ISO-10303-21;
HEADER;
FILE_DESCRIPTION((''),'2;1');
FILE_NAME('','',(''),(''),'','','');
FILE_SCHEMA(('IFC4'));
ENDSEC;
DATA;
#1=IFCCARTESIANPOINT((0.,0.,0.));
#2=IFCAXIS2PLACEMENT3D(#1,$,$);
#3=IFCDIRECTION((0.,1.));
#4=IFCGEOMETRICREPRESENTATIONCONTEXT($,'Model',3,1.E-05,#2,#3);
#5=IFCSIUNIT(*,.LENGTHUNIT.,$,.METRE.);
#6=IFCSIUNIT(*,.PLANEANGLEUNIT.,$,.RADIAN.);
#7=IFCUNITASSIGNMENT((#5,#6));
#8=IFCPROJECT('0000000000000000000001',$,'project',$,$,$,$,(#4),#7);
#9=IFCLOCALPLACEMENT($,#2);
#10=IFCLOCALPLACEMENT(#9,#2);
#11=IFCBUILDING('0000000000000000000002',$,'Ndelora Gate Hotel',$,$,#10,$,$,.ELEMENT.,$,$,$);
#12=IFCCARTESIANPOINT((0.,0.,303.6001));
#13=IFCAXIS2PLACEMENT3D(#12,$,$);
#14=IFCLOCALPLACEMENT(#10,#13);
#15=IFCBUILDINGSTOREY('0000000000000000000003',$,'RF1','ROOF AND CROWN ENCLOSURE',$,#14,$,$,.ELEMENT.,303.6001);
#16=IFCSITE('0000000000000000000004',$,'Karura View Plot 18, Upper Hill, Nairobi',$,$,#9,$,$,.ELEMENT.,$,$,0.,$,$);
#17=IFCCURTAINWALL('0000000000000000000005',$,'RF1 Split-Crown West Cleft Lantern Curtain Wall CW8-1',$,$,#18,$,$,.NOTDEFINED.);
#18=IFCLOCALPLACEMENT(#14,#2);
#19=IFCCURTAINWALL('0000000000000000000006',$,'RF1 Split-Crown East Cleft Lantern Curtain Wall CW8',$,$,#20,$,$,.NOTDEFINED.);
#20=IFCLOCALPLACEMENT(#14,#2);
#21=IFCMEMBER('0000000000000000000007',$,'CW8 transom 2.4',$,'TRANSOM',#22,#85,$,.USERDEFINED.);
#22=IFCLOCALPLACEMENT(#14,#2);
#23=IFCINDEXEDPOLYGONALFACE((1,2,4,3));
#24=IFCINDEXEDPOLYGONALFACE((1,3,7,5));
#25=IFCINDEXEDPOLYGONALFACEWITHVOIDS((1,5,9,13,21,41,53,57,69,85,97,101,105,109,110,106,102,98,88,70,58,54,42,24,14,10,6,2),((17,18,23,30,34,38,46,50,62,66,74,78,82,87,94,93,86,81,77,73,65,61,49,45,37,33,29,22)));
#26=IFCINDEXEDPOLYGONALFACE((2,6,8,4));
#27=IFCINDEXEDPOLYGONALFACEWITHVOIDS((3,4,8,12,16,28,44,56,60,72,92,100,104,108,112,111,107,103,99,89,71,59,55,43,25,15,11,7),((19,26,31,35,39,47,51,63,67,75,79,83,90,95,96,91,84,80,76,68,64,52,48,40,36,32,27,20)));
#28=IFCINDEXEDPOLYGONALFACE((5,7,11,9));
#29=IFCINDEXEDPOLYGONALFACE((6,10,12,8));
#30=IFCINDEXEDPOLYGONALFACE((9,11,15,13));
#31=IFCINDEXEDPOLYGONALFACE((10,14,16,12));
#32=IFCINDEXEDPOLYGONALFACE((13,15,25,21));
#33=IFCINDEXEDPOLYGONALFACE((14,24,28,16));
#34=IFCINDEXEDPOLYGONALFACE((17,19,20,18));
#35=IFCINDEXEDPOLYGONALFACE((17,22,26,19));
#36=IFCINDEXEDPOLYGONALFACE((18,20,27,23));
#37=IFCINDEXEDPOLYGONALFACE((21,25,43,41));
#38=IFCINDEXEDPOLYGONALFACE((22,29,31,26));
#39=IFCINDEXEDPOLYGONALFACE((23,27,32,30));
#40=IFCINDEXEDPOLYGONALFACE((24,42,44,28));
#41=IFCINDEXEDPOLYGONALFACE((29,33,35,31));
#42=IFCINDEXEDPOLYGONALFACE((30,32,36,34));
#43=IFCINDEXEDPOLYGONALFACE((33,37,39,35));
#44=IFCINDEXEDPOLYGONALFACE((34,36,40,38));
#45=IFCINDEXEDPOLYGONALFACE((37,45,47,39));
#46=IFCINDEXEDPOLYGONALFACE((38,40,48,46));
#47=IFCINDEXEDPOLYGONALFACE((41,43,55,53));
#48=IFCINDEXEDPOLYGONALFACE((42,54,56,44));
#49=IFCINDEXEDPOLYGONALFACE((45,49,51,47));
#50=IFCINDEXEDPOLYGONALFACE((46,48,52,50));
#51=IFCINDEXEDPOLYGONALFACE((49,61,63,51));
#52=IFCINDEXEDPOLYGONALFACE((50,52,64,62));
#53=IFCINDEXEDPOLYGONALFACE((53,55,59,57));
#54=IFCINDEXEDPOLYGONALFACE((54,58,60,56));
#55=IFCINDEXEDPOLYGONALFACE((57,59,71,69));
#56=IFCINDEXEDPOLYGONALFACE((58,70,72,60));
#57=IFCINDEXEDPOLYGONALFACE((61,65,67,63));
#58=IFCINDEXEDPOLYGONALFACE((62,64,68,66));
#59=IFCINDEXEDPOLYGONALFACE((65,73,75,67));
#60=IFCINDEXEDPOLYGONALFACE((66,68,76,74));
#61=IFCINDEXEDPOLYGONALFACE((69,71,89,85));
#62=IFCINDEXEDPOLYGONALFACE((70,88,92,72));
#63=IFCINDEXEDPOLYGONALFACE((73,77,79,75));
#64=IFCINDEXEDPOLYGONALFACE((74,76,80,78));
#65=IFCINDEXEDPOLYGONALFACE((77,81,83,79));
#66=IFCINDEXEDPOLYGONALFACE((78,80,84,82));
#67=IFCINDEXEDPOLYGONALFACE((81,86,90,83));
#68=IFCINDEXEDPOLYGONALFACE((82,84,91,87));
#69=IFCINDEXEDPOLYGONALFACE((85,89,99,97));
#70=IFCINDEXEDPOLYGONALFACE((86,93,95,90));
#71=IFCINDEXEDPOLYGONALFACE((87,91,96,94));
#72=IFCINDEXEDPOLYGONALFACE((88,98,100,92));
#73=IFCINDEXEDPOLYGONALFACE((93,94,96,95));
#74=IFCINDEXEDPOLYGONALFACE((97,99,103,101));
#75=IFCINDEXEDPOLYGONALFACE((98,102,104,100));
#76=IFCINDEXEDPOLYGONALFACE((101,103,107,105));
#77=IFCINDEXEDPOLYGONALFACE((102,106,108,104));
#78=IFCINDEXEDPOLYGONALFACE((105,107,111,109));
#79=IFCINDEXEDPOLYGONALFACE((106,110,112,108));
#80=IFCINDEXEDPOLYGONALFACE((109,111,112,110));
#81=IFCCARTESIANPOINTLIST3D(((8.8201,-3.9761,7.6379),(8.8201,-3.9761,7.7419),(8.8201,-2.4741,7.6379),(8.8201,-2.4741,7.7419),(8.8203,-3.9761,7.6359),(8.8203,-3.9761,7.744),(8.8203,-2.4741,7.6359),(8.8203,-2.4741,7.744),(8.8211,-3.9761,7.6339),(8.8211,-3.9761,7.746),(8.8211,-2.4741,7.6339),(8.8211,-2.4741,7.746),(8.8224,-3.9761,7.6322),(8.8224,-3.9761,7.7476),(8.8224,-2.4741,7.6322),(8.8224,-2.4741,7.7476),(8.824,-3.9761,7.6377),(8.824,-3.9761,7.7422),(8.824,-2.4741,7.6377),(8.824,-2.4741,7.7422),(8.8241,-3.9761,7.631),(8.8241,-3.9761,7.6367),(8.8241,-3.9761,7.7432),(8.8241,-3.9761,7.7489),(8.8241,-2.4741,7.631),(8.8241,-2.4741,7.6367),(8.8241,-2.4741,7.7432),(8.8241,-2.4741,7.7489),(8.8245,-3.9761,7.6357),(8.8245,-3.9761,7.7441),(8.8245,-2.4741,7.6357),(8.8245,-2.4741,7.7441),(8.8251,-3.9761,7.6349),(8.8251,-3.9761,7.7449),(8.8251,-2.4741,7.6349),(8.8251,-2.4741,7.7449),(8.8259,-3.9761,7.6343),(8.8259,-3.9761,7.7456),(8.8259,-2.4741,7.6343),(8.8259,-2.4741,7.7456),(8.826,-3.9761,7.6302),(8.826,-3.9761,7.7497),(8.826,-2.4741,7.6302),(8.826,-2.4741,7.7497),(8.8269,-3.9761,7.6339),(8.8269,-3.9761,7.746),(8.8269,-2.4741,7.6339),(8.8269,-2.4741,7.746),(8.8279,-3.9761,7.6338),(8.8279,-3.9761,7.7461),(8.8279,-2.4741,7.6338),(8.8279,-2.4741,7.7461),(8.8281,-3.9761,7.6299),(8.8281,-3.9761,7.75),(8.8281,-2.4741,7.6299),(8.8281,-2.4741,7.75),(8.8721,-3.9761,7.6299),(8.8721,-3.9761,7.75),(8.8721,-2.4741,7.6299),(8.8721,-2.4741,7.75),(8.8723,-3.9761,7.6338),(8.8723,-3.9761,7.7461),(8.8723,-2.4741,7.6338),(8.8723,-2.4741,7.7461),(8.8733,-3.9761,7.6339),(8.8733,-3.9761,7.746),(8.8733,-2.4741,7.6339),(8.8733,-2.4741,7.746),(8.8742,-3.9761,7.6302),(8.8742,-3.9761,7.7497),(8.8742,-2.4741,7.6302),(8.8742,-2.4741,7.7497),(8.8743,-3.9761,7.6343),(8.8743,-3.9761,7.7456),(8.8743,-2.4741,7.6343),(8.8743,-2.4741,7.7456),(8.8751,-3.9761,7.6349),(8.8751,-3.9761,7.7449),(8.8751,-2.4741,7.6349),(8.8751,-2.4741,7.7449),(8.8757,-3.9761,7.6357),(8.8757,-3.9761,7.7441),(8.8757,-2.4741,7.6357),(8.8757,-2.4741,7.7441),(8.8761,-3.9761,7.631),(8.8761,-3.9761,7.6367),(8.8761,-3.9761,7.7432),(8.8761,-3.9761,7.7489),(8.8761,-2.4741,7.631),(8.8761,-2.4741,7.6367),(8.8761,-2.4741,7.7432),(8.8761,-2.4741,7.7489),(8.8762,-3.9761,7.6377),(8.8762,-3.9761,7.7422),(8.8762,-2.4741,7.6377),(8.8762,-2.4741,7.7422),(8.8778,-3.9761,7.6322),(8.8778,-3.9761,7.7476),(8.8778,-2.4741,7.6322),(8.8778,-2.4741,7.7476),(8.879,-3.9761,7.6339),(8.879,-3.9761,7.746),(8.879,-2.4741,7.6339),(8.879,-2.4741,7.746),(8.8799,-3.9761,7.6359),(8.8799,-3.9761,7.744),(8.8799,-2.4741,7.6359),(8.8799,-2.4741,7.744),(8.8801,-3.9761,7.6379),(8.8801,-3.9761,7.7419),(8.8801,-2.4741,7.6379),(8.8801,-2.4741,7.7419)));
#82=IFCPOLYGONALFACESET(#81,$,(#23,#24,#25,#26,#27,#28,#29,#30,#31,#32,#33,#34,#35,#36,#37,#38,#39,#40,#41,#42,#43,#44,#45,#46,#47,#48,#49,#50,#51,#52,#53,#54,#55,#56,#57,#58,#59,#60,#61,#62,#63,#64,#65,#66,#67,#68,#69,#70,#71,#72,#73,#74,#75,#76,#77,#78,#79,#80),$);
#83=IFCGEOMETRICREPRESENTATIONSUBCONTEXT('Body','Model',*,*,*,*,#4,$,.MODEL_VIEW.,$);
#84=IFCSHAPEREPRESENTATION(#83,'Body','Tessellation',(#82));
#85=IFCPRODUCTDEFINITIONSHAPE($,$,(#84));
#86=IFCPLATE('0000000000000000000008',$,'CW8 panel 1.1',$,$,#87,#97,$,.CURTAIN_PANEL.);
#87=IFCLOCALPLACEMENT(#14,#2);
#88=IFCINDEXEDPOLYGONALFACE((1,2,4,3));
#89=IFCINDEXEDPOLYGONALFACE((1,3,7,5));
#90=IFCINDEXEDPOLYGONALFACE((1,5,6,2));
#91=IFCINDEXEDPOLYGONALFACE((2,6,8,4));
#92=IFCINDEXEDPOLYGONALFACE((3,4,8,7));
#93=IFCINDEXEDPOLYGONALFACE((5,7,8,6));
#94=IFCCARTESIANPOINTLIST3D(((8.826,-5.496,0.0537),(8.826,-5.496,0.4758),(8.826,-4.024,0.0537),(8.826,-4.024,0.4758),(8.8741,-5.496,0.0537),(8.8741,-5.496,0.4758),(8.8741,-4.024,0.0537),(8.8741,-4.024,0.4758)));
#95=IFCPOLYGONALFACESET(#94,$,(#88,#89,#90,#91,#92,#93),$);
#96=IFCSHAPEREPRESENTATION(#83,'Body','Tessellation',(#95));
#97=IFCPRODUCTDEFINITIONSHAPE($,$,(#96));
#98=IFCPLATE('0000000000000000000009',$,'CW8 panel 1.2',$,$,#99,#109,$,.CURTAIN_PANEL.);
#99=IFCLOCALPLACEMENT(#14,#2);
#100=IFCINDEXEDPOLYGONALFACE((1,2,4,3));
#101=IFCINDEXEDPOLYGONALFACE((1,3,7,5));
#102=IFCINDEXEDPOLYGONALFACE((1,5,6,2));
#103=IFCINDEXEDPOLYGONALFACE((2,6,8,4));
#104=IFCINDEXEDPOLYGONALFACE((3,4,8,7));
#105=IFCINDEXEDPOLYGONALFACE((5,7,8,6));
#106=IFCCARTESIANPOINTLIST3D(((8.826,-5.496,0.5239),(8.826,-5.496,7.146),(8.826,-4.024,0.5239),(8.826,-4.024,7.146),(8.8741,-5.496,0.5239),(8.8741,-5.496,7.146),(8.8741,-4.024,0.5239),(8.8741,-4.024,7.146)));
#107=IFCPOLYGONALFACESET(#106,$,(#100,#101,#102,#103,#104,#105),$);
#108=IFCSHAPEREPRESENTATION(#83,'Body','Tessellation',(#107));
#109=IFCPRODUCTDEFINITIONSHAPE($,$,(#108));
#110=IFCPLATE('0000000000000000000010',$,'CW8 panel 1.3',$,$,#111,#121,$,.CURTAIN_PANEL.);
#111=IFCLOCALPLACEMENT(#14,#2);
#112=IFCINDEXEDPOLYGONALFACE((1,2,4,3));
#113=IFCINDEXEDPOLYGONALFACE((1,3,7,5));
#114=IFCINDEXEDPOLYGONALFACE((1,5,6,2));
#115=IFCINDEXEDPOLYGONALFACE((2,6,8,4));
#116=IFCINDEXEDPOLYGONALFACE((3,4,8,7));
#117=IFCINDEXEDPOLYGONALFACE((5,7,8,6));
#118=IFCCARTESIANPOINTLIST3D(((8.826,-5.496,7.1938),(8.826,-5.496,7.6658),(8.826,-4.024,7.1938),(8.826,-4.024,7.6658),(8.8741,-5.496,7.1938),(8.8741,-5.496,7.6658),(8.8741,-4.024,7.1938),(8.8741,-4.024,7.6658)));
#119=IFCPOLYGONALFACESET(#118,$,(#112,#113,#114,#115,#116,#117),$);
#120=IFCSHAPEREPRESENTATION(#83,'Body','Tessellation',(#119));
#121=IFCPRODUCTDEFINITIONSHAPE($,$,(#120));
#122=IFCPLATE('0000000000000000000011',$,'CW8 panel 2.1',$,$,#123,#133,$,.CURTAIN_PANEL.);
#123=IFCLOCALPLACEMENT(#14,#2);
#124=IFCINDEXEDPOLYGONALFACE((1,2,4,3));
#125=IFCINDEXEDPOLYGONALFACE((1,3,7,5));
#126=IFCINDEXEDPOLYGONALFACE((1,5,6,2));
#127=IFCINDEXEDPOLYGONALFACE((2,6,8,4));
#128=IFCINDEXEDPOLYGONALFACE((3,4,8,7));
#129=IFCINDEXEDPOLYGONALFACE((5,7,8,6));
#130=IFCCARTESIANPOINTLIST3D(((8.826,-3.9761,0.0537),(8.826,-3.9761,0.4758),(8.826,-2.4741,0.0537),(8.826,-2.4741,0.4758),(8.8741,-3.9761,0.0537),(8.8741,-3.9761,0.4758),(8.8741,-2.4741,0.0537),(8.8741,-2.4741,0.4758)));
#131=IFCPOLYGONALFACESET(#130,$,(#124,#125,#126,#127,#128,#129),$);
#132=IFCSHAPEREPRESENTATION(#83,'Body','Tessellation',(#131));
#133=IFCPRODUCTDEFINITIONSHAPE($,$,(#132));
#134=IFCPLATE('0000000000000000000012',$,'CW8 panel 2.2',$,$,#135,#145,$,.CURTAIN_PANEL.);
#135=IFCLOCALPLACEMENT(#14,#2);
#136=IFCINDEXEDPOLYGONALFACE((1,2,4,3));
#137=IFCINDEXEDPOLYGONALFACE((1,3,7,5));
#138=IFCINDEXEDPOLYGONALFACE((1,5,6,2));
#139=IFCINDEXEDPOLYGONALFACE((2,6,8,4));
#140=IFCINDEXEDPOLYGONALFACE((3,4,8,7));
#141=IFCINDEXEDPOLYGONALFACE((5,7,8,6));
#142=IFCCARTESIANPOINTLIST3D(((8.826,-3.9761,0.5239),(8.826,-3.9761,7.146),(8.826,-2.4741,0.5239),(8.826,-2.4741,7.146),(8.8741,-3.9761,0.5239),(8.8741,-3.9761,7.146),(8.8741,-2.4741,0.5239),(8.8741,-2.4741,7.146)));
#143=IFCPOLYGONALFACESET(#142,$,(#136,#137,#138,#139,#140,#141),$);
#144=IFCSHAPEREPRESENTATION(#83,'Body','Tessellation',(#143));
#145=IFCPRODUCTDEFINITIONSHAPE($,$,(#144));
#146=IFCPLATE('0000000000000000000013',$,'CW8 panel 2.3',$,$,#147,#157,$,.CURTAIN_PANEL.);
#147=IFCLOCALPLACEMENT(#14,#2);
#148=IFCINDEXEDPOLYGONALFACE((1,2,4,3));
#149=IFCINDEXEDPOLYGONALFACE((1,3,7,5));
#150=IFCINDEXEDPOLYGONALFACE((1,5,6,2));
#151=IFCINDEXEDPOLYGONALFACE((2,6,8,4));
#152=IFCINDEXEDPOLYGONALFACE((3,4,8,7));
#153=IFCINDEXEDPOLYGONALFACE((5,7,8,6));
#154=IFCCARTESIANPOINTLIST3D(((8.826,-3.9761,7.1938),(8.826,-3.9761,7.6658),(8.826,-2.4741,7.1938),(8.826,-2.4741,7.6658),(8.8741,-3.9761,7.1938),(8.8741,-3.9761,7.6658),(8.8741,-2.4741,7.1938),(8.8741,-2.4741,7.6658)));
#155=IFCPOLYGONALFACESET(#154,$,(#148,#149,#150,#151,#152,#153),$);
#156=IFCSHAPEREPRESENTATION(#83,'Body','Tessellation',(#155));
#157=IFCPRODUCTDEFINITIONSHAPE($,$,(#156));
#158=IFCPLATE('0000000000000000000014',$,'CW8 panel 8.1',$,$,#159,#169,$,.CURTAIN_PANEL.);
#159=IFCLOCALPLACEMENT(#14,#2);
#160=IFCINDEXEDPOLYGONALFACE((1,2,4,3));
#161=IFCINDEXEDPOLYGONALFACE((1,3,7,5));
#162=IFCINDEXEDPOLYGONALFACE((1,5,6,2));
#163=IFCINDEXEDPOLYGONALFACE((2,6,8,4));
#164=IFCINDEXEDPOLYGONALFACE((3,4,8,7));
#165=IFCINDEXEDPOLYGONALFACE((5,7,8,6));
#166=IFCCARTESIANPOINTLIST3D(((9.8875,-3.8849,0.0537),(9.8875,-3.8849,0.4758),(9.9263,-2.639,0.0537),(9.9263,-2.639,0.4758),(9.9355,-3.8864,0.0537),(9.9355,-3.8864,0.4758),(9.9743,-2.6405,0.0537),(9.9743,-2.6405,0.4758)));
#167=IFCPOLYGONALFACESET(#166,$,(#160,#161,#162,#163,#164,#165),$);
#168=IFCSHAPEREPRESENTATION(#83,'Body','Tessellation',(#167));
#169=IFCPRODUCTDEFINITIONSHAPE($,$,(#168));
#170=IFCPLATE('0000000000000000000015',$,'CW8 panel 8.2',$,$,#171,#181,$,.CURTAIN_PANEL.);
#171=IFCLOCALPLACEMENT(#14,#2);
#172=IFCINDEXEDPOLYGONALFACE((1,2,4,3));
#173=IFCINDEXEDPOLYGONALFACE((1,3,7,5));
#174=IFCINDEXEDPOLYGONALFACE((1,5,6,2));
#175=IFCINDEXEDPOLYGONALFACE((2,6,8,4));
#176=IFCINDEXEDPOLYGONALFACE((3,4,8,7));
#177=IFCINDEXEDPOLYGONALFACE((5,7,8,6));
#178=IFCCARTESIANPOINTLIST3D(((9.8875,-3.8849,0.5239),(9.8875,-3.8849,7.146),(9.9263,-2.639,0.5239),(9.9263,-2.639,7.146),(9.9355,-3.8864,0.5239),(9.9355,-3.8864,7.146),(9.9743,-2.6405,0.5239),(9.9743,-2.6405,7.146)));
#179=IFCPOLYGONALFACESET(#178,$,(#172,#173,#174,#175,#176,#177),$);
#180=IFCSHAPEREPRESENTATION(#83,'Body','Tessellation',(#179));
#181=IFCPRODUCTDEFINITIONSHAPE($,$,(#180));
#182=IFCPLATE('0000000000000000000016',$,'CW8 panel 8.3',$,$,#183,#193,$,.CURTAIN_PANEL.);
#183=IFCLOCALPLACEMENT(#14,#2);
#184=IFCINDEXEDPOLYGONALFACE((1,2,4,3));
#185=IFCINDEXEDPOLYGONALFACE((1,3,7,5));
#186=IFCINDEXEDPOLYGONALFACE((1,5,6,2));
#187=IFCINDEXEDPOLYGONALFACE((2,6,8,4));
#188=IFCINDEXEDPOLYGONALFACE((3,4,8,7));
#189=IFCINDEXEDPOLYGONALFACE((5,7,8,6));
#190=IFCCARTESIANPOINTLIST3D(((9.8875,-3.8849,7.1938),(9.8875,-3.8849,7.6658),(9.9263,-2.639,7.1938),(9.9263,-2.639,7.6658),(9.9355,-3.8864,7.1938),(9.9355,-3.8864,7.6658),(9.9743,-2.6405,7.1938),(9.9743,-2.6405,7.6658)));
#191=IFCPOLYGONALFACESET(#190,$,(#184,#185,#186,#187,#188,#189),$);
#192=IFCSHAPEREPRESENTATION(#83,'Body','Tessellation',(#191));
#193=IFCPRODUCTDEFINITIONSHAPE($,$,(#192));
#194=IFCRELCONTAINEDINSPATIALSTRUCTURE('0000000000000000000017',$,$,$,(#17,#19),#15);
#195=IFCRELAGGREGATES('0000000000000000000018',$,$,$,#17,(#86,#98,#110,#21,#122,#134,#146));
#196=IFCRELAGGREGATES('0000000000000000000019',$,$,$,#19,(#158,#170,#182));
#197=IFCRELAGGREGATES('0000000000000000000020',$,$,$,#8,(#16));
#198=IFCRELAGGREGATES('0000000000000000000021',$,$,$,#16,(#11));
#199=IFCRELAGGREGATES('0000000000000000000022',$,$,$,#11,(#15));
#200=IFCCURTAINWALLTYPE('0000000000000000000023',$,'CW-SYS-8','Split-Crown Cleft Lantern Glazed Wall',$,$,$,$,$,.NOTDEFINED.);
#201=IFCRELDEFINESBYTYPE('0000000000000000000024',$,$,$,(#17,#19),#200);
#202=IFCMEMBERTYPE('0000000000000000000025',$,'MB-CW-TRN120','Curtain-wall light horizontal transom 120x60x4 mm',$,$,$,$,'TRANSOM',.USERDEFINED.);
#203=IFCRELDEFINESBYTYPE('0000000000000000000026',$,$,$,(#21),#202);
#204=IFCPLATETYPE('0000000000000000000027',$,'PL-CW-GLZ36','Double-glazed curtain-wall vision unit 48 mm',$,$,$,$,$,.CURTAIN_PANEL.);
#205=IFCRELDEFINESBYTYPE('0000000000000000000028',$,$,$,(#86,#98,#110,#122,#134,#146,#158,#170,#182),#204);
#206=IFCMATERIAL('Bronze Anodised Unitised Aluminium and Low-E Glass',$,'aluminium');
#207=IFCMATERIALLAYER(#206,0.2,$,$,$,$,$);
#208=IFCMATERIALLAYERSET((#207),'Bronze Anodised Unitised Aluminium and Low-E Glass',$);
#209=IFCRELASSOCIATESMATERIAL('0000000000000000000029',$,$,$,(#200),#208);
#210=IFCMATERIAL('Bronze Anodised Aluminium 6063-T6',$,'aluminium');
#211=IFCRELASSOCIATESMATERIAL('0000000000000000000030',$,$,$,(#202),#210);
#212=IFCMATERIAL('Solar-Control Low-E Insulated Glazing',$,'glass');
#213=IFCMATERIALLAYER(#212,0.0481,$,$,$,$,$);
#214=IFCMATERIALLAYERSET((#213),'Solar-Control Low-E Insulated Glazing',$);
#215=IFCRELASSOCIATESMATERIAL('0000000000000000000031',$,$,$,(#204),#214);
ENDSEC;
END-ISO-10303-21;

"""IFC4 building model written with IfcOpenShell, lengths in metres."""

from ifc_helpers import new_model, si_unit, direction, frame, origin, origin_2d, place, context, subcontext, project, spatial, rectangle, hollow_rectangle, extrude, material, layer, layer_set, material_profile, profile_set, type_object, element, aggregate, save


model = new_model("IFC4")

# Units and contexts
model_context = context("Model", 3, precision=1e-05, world=origin(), true_north=direction((0.0, 1.0)))
body_context = subcontext(model_context, "Body", "Model", "MODEL_VIEW")
ifc_project = project(units=[si_unit("LENGTHUNIT", "METRE"), si_unit("PLANEANGLEUNIT", "RADIAN")], contexts=[model_context])

# Site, building, storey
site_placement = place(None, origin())
site = spatial("IfcSite", under=ifc_project, at=site_placement, Name="Karura View Plot 18, Upper Hill, Nairobi", CompositionType="ELEMENT", RefElevation=0.0)
building_placement = place(site_placement, origin())
building = spatial("IfcBuilding", under=site, at=building_placement, Name="Ndelora Gate Hotel", CompositionType="ELEMENT")
storey_placement = place(building_placement, frame((0.0, 0.0, 303.6001)))
storey = spatial("IfcBuildingStorey", under=building, at=storey_placement, Name="RF1", Description="ROOF AND CROWN ENCLOSURE", CompositionType="ELEMENT", Elevation=303.6001)

# Curtain wall
ifc_material_1 = material(Name="Bronze Anodised Unitised Aluminium and Low-E Glass", Category="aluminium")
ifc_layer_1 = layer(ifc_material_1, 0.2)
ifc_layer_set_1 = layer_set([ifc_layer_1], Name="Bronze Anodised Unitised Aluminium and Low-E Glass")
curtain_wall_type = type_object("IfcCurtainWallType", Name="CW-SYS-8", Description="Split-Crown Cleft Lantern Glazed Wall", PredefinedType="NOTDEFINED", material=ifc_layer_set_1)
curtain_wall_1_placement = place(storey_placement, origin())
curtain_wall_1 = element("IfcCurtainWall", 1, at=curtain_wall_1_placement, inside=storey, type_object=curtain_wall_type, Name="RF1 Split-Crown West Cleft Lantern Curtain Wall CW8-1", PredefinedType="NOTDEFINED")
ifc_material_2 = material(Name="Bronze Anodised Aluminium 6063-T6", Category="aluminium")

# Curtain wall
curtain_wall_2_placement = place(storey_placement, origin())
curtain_wall_2 = element("IfcCurtainWall", 2, at=curtain_wall_2_placement, inside=storey, type_object=curtain_wall_type, Name="RF1 Split-Crown East Cleft Lantern Curtain Wall CW8", PredefinedType="NOTDEFINED")

# Member
ifc_material_profile_1 = material_profile(ifc_material_2, hollow_rectangle(XDim=0.0601, YDim=0.1201, WallThickness=0.0039, InnerFilletRadius=0.0039, OuterFilletRadius=0.0081, at=origin_2d()), Name="ALU 120x60x4")
ifc_profile_set_1 = profile_set([ifc_material_profile_1], Name="Bronze Anodised Aluminium 6063-T6")
member_type_1 = type_object("IfcMemberType", Name="MB-CW-TRN120", Description="Curtain-wall light horizontal transom 120x60x4 mm", ElementType="TRANSOM", PredefinedType="USERDEFINED", material=ifc_profile_set_1)
member_1_placement = place(storey_placement, frame((8.8501, -3.9761, 7.6899), z_axis=(0.0, 1.0, 0.0), x_axis=(-1.0, 0.0, 0.0)))
member_1 = element("IfcMember", 3, at=member_1_placement, type_object=member_type_1, Name="CW8 transom 2.4", ObjectType="TRANSOM", PredefinedType="USERDEFINED", context=body_context, shape_type="SweptSolid", body=[
    extrude(hollow_rectangle(XDim=0.0601, YDim=0.1201, WallThickness=0.0039, InnerFilletRadius=0.0039, OuterFilletRadius=0.0081, at=origin_2d()), origin(), (0.0, 0.0, 1.0), 1.502),
])

# Plates
ifc_material_3 = material(Name="Solar-Control Low-E Insulated Glazing", Category="glass")
ifc_layer_2 = layer(ifc_material_3, 0.0481)
ifc_layer_set_2 = layer_set([ifc_layer_2], Name="Solar-Control Low-E Insulated Glazing")
plate_type = type_object("IfcPlateType", Name="PL-CW-GLZ36", Description="Double-glazed curtain-wall vision unit 48 mm", PredefinedType="CURTAIN_PANEL", material=ifc_layer_set_2)
plate_1_placement = place(storey_placement, frame((8.8501, -4.76, 0.0537), z_axis=(0.0, 0.0, 1.0), x_axis=(0.0, 1.0, 0.0)))
plate_1 = element("IfcPlate", 4, at=plate_1_placement, type_object=plate_type, Name="CW8 panel 1.1", PredefinedType="CURTAIN_PANEL", context=body_context, shape_type="SweptSolid", body=[
    extrude(rectangle(XDim=1.4719, YDim=0.0481, at=origin_2d()), origin(), (0.0, 0.0, 1.0), 0.4221),
])
plate_2_placement = place(storey_placement, frame((8.8501, -4.76, 0.5239), z_axis=(0.0, 0.0, 1.0), x_axis=(0.0, 1.0, 0.0)))
plate_2 = element("IfcPlate", 5, at=plate_2_placement, type_object=plate_type, Name="CW8 panel 1.2", PredefinedType="CURTAIN_PANEL", context=body_context, shape_type="SweptSolid", body=[
    extrude(rectangle(XDim=1.4719, YDim=0.0481, at=origin_2d()), origin(), (0.0, 0.0, 1.0), 6.6221),
])
plate_3_placement = place(storey_placement, frame((8.8501, -4.76, 7.1938), z_axis=(0.0, 0.0, 1.0), x_axis=(0.0, 1.0, 0.0)))
plate_3 = element("IfcPlate", 6, at=plate_3_placement, type_object=plate_type, Name="CW8 panel 1.3", PredefinedType="CURTAIN_PANEL", context=body_context, shape_type="SweptSolid", body=[
    extrude(rectangle(XDim=1.4719, YDim=0.0481, at=origin_2d()), origin(), (0.0, 0.0, 1.0), 0.4719),
])
plate_4_placement = place(storey_placement, frame((8.8501, -3.2251, 0.0537), z_axis=(0.0, 0.0, 1.0), x_axis=(0.0, 1.0, 0.0)))
plate_4 = element("IfcPlate", 7, at=plate_4_placement, type_object=plate_type, Name="CW8 panel 2.1", PredefinedType="CURTAIN_PANEL", context=body_context, shape_type="SweptSolid", body=[
    extrude(rectangle(XDim=1.502, YDim=0.0481, at=origin_2d()), origin(), (0.0, 0.0, 1.0), 0.4221),
])
plate_5_placement = place(storey_placement, frame((8.8501, -3.2251, 0.5239), z_axis=(0.0, 0.0, 1.0), x_axis=(0.0, 1.0, 0.0)))
plate_5 = element("IfcPlate", 8, at=plate_5_placement, type_object=plate_type, Name="CW8 panel 2.2", PredefinedType="CURTAIN_PANEL", context=body_context, shape_type="SweptSolid", body=[
    extrude(rectangle(XDim=1.502, YDim=0.0481, at=origin_2d()), origin(), (0.0, 0.0, 1.0), 6.6221),
])
plate_6_placement = place(storey_placement, frame((8.8501, -3.2251, 7.1938), z_axis=(0.0, 0.0, 1.0), x_axis=(0.0, 1.0, 0.0)))
plate_6 = element("IfcPlate", 9, at=plate_6_placement, type_object=plate_type, Name="CW8 panel 2.3", PredefinedType="CURTAIN_PANEL", context=body_context, shape_type="SweptSolid", body=[
    extrude(rectangle(XDim=1.502, YDim=0.0481, at=origin_2d()), origin(), (0.0, 0.0, 1.0), 0.4719),
])
aggregate(curtain_wall_1, [plate_1, plate_2, plate_3, member_1, plate_4, plate_5, plate_6])
plate_7_placement = place(storey_placement, frame((9.9309, -3.2627, 0.0537), z_axis=(0.0, 0.0, 1.0), x_axis=(-0.031131, -0.999515, 0.0)))
plate_7 = element("IfcPlate", 10, at=plate_7_placement, type_object=plate_type, Name="CW8 panel 8.1", PredefinedType="CURTAIN_PANEL", context=body_context, shape_type="SweptSolid", body=[
    extrude(rectangle(XDim=1.2466, YDim=0.0481, at=origin_2d()), origin(), (0.0, 0.0, 1.0), 0.4221),
])
plate_8_placement = place(storey_placement, frame((9.9309, -3.2627, 0.5239), z_axis=(0.0, 0.0, 1.0), x_axis=(-0.031131, -0.999515, 0.0)))
plate_8 = element("IfcPlate", 11, at=plate_8_placement, type_object=plate_type, Name="CW8 panel 8.2", PredefinedType="CURTAIN_PANEL", context=body_context, shape_type="SweptSolid", body=[
    extrude(rectangle(XDim=1.2466, YDim=0.0481, at=origin_2d()), origin(), (0.0, 0.0, 1.0), 6.6221),
])
plate_9_placement = place(storey_placement, frame((9.9309, -3.2627, 7.1938), z_axis=(0.0, 0.0, 1.0), x_axis=(-0.031131, -0.999515, 0.0)))
plate_9 = element("IfcPlate", 12, at=plate_9_placement, type_object=plate_type, Name="CW8 panel 8.3", PredefinedType="CURTAIN_PANEL", context=body_context, shape_type="SweptSolid", body=[
    extrude(rectangle(XDim=1.2466, YDim=0.0481, at=origin_2d()), origin(), (0.0, 0.0, 1.0), 0.4719),
])
aggregate(curtain_wall_2, [plate_7, plate_8, plate_9])

save(model, "model.ifc")
